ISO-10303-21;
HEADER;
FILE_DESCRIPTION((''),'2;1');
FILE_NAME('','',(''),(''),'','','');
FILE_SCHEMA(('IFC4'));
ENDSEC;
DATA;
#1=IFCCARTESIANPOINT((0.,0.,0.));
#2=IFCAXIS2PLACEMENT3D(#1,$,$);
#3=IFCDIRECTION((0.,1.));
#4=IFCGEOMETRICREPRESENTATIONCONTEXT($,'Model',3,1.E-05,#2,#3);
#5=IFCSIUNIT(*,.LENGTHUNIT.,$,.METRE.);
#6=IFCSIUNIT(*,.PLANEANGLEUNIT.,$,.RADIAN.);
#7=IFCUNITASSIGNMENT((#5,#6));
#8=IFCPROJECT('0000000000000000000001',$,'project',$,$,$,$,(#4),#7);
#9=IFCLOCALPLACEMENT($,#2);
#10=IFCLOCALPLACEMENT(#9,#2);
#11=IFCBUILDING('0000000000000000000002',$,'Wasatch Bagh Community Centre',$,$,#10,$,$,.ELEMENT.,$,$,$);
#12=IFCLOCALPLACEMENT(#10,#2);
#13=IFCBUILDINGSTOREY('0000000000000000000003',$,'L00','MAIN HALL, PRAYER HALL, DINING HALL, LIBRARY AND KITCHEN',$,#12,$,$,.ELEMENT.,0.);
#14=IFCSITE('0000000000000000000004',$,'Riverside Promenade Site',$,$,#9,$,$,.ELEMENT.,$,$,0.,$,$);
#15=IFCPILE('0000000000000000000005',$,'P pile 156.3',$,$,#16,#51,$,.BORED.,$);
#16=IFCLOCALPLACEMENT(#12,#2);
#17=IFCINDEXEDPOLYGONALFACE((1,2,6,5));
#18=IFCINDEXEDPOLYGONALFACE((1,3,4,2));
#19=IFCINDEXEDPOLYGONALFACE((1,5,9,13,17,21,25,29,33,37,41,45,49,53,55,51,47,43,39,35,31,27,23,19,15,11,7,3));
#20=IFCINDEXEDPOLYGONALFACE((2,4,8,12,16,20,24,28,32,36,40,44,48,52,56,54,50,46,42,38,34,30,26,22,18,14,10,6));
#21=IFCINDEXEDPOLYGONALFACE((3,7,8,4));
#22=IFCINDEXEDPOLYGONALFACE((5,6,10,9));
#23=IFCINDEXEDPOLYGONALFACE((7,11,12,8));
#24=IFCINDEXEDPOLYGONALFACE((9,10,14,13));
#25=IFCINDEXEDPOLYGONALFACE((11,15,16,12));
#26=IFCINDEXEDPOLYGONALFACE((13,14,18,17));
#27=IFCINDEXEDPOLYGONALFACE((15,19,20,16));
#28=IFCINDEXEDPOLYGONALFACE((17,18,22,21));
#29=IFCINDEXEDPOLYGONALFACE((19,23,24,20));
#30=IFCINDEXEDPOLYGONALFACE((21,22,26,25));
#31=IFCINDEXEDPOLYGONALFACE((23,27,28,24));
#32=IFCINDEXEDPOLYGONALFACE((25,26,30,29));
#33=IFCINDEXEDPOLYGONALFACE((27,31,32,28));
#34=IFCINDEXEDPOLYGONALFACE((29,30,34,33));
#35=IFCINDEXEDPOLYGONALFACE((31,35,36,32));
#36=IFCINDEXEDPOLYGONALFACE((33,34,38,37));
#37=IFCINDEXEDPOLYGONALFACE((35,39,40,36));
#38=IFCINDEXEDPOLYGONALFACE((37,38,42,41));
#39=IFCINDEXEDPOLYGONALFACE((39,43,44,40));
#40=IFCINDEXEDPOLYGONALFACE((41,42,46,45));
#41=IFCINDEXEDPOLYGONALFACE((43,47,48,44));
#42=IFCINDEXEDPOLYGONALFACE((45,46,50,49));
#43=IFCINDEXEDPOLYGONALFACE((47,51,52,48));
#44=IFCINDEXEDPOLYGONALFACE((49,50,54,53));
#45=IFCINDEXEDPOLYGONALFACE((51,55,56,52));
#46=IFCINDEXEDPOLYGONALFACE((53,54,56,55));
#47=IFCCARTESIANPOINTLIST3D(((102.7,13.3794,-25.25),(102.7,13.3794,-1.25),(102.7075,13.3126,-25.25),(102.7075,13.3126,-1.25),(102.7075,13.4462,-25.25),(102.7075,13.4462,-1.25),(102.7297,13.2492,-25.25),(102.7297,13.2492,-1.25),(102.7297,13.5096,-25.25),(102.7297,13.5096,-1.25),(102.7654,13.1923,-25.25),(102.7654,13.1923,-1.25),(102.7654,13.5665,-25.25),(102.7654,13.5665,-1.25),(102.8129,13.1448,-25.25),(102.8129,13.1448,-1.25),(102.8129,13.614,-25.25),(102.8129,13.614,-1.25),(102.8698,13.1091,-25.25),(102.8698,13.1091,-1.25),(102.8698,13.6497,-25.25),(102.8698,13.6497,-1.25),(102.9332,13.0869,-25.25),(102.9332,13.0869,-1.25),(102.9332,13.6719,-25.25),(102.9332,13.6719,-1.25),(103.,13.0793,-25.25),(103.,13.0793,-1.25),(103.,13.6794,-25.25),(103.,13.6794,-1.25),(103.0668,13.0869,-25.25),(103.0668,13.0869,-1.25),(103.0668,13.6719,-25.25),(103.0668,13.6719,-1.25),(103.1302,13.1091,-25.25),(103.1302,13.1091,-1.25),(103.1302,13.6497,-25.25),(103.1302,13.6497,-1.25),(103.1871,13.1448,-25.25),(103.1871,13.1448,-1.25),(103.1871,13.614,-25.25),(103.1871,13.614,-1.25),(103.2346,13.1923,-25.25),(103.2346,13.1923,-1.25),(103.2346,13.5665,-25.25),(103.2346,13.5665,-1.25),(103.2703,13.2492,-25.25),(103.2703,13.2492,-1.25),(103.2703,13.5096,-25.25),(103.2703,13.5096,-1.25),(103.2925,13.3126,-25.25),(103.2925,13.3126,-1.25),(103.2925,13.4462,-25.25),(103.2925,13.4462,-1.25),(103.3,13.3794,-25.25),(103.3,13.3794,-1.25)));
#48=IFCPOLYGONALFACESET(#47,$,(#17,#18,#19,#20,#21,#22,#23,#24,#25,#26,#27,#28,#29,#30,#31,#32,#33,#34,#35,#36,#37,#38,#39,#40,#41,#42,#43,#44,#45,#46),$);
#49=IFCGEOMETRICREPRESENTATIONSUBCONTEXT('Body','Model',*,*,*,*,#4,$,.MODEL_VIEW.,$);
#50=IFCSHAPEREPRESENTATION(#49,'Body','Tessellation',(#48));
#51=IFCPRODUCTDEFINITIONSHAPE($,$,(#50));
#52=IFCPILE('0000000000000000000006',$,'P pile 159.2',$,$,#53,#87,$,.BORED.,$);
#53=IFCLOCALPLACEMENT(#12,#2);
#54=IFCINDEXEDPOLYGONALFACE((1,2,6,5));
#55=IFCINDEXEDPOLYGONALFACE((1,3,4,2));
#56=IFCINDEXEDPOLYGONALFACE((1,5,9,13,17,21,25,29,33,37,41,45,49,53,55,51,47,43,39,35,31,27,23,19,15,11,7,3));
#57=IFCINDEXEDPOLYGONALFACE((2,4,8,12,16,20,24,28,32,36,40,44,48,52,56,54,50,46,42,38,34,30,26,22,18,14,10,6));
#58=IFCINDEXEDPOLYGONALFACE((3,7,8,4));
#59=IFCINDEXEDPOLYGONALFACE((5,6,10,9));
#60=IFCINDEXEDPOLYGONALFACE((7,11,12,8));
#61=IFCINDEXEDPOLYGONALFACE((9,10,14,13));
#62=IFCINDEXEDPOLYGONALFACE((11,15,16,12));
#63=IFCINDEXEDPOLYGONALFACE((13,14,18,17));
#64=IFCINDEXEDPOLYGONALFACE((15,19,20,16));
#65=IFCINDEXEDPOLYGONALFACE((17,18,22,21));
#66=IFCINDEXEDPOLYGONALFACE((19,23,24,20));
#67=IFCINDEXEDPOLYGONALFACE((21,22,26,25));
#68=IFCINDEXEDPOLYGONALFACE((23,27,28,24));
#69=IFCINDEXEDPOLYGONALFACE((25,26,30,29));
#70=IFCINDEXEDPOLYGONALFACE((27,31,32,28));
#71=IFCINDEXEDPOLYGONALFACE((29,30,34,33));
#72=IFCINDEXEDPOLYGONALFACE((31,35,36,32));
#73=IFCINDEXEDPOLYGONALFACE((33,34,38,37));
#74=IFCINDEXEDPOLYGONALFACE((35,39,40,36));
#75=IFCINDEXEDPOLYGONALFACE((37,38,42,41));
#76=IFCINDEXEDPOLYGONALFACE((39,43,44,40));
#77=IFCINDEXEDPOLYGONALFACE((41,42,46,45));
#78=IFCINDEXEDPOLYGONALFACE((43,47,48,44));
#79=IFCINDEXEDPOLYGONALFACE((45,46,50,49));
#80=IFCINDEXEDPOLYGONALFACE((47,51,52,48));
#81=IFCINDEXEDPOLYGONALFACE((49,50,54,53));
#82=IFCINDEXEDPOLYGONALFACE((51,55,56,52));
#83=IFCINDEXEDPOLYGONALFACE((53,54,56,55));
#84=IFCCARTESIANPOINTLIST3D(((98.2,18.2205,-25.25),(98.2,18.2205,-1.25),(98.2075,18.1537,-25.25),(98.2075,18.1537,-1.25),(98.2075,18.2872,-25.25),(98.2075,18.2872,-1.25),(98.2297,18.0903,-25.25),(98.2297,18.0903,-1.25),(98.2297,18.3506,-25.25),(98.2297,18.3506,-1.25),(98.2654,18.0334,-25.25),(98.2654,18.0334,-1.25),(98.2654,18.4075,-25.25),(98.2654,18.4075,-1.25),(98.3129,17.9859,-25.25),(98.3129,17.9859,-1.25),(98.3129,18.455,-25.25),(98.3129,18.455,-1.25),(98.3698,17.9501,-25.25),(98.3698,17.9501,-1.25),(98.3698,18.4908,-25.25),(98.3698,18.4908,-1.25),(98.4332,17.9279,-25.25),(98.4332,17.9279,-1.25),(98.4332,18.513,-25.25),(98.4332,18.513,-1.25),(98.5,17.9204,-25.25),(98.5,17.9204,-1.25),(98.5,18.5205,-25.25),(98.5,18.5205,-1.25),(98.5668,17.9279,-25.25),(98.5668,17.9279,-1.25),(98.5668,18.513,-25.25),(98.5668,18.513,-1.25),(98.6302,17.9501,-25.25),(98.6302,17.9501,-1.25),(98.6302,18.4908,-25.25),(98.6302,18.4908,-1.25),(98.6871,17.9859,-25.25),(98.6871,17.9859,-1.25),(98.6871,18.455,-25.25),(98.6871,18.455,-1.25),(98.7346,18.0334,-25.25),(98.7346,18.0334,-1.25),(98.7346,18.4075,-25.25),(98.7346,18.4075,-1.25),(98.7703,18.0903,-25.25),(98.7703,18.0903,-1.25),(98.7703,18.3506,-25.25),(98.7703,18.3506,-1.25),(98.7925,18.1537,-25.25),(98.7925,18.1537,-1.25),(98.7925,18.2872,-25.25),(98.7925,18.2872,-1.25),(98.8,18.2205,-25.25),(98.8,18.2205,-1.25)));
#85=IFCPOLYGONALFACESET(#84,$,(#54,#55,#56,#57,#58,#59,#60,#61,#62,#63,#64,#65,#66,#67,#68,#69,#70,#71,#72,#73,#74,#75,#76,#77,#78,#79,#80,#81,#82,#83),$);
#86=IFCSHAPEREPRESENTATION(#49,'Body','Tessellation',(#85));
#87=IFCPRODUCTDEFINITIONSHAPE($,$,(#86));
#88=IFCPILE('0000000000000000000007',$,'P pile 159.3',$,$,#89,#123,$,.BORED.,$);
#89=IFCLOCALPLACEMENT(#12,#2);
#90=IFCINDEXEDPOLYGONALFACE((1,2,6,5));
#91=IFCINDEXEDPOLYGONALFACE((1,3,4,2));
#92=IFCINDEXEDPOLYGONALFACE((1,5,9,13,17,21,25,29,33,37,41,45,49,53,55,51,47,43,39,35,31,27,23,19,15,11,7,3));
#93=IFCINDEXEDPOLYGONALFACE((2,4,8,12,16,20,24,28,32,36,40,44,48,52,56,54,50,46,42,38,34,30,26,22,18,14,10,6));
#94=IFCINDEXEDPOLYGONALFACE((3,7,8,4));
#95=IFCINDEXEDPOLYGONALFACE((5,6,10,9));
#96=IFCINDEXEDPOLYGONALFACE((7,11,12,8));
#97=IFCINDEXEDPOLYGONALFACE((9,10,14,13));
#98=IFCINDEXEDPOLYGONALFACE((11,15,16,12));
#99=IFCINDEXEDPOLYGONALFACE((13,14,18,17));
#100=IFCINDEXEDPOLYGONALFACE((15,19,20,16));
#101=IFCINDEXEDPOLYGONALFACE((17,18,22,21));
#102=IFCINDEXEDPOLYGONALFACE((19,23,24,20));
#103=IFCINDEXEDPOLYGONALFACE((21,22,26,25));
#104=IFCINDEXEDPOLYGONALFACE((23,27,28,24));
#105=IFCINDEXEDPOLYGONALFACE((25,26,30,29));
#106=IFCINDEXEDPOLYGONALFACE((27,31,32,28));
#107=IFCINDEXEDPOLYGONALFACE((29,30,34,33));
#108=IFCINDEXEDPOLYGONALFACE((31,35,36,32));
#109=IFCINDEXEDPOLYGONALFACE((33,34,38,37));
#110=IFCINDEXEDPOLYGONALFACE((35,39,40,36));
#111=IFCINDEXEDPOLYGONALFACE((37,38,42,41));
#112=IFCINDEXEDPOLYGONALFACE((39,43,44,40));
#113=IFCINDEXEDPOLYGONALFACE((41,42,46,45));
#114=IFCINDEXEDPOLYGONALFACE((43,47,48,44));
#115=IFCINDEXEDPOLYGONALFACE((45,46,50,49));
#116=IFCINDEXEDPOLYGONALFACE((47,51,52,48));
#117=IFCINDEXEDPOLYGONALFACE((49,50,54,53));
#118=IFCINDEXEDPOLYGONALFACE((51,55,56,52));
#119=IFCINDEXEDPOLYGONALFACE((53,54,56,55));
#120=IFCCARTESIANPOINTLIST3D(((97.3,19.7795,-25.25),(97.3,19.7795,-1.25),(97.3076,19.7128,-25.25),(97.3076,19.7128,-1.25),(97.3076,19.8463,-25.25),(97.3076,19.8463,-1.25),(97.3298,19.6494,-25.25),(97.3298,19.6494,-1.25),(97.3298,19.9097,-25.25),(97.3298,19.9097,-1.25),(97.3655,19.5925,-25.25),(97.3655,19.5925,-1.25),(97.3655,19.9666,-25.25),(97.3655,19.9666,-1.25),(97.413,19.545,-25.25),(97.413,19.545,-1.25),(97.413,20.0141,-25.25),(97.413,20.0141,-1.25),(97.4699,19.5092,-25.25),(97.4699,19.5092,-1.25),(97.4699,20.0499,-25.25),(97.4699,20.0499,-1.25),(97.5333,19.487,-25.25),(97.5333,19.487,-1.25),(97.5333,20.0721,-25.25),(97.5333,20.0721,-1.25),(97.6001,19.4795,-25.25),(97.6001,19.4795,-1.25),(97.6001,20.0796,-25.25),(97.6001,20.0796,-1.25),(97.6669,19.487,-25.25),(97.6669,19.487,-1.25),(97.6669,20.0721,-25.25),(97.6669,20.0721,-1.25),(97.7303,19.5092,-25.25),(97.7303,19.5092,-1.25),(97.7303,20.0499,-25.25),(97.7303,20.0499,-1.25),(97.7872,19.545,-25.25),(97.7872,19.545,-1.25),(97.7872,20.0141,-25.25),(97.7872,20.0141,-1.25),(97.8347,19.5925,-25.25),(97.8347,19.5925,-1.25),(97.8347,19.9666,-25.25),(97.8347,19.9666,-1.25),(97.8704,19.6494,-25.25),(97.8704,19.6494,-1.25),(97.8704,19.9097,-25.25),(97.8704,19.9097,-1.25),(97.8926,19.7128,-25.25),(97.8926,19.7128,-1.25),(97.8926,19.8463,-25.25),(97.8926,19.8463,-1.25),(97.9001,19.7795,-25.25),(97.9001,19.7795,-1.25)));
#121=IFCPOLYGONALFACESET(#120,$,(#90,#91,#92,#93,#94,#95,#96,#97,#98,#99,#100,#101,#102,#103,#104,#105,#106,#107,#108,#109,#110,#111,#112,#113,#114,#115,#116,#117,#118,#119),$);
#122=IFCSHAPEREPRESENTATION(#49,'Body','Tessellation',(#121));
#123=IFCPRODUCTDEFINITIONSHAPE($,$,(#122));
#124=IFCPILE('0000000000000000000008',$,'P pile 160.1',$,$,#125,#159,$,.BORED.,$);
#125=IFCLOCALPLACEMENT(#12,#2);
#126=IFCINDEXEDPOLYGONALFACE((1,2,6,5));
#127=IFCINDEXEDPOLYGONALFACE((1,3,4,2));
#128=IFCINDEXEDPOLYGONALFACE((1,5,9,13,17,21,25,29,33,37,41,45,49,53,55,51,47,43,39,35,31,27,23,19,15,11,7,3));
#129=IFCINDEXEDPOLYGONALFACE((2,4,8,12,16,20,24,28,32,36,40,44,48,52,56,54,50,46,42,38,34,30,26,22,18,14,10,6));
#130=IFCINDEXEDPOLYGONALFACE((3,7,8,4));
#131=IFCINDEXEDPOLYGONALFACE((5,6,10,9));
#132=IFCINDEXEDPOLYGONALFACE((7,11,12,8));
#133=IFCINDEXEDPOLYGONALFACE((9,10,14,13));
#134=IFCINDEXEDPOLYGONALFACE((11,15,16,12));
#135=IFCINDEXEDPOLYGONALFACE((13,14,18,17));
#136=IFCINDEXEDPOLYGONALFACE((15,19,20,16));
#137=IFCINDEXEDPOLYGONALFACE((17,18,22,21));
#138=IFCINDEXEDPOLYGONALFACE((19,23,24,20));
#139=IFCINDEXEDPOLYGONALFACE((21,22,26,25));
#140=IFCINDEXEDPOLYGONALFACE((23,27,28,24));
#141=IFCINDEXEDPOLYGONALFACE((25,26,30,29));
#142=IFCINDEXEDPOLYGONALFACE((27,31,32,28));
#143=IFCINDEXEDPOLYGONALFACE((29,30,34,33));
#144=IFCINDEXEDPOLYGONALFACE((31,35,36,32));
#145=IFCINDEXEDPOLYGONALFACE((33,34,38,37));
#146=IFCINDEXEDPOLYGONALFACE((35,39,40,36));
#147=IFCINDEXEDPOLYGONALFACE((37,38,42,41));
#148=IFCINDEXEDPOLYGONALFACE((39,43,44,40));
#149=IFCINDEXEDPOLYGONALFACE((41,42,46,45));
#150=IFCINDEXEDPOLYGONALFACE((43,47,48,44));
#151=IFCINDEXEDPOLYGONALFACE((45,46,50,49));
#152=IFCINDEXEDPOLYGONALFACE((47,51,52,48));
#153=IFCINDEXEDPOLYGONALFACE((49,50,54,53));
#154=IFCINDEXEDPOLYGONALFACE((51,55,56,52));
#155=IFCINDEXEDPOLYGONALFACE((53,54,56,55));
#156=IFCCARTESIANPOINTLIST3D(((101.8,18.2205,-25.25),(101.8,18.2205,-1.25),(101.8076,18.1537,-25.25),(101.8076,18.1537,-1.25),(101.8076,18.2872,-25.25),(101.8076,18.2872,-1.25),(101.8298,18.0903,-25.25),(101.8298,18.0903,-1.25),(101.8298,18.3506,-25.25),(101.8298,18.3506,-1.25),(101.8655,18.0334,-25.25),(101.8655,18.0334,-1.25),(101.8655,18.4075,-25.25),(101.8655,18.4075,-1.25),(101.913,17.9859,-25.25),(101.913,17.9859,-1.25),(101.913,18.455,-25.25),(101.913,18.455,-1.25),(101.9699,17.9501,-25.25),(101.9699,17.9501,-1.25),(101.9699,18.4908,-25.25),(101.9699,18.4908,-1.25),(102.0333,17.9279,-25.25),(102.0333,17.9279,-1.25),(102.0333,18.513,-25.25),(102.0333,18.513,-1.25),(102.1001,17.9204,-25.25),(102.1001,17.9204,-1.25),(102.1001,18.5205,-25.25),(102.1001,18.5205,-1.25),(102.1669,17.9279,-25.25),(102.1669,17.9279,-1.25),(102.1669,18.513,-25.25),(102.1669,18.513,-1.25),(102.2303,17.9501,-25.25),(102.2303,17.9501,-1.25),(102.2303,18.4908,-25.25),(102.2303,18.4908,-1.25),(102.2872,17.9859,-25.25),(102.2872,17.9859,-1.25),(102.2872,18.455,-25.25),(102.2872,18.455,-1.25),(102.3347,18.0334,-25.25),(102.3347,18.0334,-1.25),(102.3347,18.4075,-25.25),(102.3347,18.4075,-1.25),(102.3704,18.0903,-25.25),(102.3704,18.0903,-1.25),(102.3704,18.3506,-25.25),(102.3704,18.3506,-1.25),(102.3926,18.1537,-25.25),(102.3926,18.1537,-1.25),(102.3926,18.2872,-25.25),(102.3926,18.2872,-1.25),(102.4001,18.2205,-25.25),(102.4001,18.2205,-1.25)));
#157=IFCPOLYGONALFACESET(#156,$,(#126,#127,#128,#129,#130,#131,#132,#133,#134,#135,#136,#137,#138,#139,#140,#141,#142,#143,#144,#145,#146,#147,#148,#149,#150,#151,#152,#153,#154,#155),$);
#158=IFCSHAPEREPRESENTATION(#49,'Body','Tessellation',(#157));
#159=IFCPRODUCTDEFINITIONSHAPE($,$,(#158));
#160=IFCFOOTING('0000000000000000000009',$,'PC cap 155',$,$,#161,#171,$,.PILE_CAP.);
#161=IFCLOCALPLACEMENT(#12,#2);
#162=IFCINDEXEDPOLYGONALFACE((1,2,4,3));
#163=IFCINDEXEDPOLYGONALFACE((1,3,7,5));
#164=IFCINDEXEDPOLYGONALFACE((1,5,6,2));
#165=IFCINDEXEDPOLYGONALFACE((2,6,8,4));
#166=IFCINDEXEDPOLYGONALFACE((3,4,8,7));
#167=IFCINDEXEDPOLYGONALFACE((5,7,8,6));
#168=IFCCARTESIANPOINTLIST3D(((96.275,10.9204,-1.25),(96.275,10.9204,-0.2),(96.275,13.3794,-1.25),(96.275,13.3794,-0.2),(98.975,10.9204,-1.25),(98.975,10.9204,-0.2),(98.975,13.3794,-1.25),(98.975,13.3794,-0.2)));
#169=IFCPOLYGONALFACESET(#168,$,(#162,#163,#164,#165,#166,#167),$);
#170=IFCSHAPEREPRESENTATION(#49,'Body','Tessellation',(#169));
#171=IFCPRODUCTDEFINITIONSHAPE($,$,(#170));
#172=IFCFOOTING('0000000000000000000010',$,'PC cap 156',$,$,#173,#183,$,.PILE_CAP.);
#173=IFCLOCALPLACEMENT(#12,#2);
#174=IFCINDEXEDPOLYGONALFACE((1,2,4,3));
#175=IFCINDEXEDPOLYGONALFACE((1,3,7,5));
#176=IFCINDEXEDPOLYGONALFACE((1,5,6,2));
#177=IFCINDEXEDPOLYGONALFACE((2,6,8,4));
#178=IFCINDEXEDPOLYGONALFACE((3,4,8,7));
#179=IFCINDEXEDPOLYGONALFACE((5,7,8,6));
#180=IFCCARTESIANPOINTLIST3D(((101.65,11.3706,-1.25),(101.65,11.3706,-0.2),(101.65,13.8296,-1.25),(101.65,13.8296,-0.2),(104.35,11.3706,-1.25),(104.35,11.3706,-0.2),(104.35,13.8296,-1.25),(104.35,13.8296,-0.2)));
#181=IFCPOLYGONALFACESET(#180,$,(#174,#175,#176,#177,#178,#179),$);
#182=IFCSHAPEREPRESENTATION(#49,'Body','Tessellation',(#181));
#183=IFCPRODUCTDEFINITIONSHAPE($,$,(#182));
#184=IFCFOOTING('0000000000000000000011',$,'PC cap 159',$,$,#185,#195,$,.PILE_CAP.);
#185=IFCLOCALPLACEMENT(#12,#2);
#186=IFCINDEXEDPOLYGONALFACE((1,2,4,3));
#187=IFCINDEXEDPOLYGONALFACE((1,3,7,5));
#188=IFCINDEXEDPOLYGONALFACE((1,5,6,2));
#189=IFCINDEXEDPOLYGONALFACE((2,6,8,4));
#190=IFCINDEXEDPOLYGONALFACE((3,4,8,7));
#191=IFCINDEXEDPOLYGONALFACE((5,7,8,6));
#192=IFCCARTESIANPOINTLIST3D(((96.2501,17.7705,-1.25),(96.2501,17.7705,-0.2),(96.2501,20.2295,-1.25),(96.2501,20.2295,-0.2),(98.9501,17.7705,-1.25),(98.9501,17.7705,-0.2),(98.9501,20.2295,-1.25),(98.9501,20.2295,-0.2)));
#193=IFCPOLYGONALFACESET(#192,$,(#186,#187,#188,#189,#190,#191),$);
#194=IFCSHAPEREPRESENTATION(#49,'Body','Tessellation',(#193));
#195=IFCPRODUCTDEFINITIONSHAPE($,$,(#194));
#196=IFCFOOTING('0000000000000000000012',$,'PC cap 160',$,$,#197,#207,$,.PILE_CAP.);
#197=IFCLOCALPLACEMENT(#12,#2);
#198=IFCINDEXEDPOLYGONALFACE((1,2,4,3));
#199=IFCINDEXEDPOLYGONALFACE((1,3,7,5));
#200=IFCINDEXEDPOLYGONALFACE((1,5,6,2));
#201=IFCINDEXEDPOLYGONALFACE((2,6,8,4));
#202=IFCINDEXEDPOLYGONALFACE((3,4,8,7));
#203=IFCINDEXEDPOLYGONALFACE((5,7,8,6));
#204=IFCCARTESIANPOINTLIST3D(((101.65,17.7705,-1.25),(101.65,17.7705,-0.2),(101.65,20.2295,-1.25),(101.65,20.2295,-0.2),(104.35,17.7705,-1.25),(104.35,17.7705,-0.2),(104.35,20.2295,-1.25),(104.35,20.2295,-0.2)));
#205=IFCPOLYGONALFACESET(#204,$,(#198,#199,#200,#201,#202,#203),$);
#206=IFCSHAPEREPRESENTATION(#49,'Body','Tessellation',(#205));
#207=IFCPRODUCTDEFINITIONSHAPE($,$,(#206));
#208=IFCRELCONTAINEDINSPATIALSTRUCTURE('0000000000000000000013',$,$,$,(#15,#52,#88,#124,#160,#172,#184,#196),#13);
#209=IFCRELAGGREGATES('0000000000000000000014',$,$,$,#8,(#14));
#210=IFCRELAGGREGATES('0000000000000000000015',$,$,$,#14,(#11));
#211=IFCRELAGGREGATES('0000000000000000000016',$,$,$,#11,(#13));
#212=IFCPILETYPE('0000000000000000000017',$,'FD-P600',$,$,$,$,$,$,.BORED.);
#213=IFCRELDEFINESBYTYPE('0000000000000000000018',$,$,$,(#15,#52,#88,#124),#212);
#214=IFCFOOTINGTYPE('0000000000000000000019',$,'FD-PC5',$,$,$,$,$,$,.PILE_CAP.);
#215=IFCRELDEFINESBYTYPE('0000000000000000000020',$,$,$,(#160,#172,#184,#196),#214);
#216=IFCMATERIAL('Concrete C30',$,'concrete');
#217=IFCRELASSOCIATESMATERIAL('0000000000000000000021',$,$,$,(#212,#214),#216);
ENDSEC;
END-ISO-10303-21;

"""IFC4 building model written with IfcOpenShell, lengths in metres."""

from ifc_helpers import new_model, si_unit, direction, frame, origin, origin_2d, place, context, subcontext, project, spatial, rectangle, circle, extrude, material, material_profile, profile_set, type_object, element, save


model = new_model("IFC4")

# Units and contexts
model_context = context("Model", 3, precision=1e-05, world=origin(), true_north=direction((0.0, 1.0)))
body_context = subcontext(model_context, "Body", "Model", "MODEL_VIEW")
ifc_project = project(units=[si_unit("LENGTHUNIT", "METRE"), si_unit("PLANEANGLEUNIT", "RADIAN")], contexts=[model_context])

# Site, building, storey
site_placement = place(None, origin())
site = spatial("IfcSite", under=ifc_project, at=site_placement, Name="Riverside Promenade Site", CompositionType="ELEMENT", RefElevation=0.0)
building_placement = place(site_placement, origin())
building = spatial("IfcBuilding", under=site, at=building_placement, Name="Wasatch Bagh Community Centre", CompositionType="ELEMENT")
storey_placement = place(building_placement, origin())
storey = spatial("IfcBuildingStorey", under=building, at=storey_placement, Name="L00", Description="MAIN HALL, PRAYER HALL, DINING HALL, LIBRARY AND KITCHEN", CompositionType="ELEMENT", Elevation=0.0)

# Piles
ifc_material_1 = material(Name="Concrete C30", Category="concrete")
ifc_material_profile_1 = material_profile(ifc_material_1, circle(Radius=0.3, at=origin_2d()), Name="RC D600")
ifc_profile_set_1 = profile_set([ifc_material_profile_1], Name="Concrete C30")
pile_type = type_object("IfcPileType", Name="FD-P600", PredefinedType="BORED", material=ifc_profile_set_1)
for number, where, z_axis, x_axis, name in (
    (1, (103.0, 13.3794, -1.25), (0.0, 0.0, -1.0), (1.0, 0.0, 0.0), "P pile 156.3"),
    (2, (98.5, 18.2205, -1.25), (0.0, 0.0, -1.0), (1.0, 0.0, 0.0), "P pile 159.2"),
    (3, (97.6001, 19.7795, -1.25), (0.0, 0.0, -1.0), (1.0, 0.0, 0.0), "P pile 159.3"),
    (4, (102.1001, 18.2205, -1.25), (0.0, 0.0, -1.0), (1.0, 0.0, 0.0), "P pile 160.1"),
):
    element("IfcPile", number, at=place(storey_placement, frame(where, z_axis=z_axis, x_axis=x_axis)), inside=storey, type_object=pile_type, Name=name, PredefinedType="BORED", context=body_context, shape_type="SweptSolid", body=[
        extrude(circle(Radius=0.3, at=origin_2d()), origin(), (0.0, 0.0, 1.0), 24.0),
    ])

# Footings
footing_type_1 = type_object("IfcFootingType", Name="FD-PC5", PredefinedType="PILE_CAP", material=ifc_material_1)
for number, where, z_axis, x_axis, name in (
    (5, (97.625, 12.1499, -1.25), (0.0, 0.0, 1.0), (1.0, 0.0, 0.0), "PC cap 155"),
    (6, (103.0, 12.6001, -1.25), (0.0, 0.0, 1.0), (1.0, 0.0, 0.0), "PC cap 156"),
    (7, (97.6001, 19.0, -1.25), (0.0, 0.0, 1.0), (1.0, 0.0, 0.0), "PC cap 159"),
    (8, (103.0, 19.0, -1.25), (0.0, 0.0, 1.0), (1.0, 0.0, 0.0), "PC cap 160"),
):
    element("IfcFooting", number, at=place(storey_placement, frame(where, z_axis=z_axis, x_axis=x_axis)), inside=storey, type_object=footing_type_1, Name=name, PredefinedType="PILE_CAP", context=body_context, shape_type="SweptSolid", body=[
        extrude(rectangle(XDim=2.7, YDim=2.459, at=origin_2d()), origin(), (0.0, 0.0, 1.0), 1.05),
    ])

save(model, "model.ifc")
